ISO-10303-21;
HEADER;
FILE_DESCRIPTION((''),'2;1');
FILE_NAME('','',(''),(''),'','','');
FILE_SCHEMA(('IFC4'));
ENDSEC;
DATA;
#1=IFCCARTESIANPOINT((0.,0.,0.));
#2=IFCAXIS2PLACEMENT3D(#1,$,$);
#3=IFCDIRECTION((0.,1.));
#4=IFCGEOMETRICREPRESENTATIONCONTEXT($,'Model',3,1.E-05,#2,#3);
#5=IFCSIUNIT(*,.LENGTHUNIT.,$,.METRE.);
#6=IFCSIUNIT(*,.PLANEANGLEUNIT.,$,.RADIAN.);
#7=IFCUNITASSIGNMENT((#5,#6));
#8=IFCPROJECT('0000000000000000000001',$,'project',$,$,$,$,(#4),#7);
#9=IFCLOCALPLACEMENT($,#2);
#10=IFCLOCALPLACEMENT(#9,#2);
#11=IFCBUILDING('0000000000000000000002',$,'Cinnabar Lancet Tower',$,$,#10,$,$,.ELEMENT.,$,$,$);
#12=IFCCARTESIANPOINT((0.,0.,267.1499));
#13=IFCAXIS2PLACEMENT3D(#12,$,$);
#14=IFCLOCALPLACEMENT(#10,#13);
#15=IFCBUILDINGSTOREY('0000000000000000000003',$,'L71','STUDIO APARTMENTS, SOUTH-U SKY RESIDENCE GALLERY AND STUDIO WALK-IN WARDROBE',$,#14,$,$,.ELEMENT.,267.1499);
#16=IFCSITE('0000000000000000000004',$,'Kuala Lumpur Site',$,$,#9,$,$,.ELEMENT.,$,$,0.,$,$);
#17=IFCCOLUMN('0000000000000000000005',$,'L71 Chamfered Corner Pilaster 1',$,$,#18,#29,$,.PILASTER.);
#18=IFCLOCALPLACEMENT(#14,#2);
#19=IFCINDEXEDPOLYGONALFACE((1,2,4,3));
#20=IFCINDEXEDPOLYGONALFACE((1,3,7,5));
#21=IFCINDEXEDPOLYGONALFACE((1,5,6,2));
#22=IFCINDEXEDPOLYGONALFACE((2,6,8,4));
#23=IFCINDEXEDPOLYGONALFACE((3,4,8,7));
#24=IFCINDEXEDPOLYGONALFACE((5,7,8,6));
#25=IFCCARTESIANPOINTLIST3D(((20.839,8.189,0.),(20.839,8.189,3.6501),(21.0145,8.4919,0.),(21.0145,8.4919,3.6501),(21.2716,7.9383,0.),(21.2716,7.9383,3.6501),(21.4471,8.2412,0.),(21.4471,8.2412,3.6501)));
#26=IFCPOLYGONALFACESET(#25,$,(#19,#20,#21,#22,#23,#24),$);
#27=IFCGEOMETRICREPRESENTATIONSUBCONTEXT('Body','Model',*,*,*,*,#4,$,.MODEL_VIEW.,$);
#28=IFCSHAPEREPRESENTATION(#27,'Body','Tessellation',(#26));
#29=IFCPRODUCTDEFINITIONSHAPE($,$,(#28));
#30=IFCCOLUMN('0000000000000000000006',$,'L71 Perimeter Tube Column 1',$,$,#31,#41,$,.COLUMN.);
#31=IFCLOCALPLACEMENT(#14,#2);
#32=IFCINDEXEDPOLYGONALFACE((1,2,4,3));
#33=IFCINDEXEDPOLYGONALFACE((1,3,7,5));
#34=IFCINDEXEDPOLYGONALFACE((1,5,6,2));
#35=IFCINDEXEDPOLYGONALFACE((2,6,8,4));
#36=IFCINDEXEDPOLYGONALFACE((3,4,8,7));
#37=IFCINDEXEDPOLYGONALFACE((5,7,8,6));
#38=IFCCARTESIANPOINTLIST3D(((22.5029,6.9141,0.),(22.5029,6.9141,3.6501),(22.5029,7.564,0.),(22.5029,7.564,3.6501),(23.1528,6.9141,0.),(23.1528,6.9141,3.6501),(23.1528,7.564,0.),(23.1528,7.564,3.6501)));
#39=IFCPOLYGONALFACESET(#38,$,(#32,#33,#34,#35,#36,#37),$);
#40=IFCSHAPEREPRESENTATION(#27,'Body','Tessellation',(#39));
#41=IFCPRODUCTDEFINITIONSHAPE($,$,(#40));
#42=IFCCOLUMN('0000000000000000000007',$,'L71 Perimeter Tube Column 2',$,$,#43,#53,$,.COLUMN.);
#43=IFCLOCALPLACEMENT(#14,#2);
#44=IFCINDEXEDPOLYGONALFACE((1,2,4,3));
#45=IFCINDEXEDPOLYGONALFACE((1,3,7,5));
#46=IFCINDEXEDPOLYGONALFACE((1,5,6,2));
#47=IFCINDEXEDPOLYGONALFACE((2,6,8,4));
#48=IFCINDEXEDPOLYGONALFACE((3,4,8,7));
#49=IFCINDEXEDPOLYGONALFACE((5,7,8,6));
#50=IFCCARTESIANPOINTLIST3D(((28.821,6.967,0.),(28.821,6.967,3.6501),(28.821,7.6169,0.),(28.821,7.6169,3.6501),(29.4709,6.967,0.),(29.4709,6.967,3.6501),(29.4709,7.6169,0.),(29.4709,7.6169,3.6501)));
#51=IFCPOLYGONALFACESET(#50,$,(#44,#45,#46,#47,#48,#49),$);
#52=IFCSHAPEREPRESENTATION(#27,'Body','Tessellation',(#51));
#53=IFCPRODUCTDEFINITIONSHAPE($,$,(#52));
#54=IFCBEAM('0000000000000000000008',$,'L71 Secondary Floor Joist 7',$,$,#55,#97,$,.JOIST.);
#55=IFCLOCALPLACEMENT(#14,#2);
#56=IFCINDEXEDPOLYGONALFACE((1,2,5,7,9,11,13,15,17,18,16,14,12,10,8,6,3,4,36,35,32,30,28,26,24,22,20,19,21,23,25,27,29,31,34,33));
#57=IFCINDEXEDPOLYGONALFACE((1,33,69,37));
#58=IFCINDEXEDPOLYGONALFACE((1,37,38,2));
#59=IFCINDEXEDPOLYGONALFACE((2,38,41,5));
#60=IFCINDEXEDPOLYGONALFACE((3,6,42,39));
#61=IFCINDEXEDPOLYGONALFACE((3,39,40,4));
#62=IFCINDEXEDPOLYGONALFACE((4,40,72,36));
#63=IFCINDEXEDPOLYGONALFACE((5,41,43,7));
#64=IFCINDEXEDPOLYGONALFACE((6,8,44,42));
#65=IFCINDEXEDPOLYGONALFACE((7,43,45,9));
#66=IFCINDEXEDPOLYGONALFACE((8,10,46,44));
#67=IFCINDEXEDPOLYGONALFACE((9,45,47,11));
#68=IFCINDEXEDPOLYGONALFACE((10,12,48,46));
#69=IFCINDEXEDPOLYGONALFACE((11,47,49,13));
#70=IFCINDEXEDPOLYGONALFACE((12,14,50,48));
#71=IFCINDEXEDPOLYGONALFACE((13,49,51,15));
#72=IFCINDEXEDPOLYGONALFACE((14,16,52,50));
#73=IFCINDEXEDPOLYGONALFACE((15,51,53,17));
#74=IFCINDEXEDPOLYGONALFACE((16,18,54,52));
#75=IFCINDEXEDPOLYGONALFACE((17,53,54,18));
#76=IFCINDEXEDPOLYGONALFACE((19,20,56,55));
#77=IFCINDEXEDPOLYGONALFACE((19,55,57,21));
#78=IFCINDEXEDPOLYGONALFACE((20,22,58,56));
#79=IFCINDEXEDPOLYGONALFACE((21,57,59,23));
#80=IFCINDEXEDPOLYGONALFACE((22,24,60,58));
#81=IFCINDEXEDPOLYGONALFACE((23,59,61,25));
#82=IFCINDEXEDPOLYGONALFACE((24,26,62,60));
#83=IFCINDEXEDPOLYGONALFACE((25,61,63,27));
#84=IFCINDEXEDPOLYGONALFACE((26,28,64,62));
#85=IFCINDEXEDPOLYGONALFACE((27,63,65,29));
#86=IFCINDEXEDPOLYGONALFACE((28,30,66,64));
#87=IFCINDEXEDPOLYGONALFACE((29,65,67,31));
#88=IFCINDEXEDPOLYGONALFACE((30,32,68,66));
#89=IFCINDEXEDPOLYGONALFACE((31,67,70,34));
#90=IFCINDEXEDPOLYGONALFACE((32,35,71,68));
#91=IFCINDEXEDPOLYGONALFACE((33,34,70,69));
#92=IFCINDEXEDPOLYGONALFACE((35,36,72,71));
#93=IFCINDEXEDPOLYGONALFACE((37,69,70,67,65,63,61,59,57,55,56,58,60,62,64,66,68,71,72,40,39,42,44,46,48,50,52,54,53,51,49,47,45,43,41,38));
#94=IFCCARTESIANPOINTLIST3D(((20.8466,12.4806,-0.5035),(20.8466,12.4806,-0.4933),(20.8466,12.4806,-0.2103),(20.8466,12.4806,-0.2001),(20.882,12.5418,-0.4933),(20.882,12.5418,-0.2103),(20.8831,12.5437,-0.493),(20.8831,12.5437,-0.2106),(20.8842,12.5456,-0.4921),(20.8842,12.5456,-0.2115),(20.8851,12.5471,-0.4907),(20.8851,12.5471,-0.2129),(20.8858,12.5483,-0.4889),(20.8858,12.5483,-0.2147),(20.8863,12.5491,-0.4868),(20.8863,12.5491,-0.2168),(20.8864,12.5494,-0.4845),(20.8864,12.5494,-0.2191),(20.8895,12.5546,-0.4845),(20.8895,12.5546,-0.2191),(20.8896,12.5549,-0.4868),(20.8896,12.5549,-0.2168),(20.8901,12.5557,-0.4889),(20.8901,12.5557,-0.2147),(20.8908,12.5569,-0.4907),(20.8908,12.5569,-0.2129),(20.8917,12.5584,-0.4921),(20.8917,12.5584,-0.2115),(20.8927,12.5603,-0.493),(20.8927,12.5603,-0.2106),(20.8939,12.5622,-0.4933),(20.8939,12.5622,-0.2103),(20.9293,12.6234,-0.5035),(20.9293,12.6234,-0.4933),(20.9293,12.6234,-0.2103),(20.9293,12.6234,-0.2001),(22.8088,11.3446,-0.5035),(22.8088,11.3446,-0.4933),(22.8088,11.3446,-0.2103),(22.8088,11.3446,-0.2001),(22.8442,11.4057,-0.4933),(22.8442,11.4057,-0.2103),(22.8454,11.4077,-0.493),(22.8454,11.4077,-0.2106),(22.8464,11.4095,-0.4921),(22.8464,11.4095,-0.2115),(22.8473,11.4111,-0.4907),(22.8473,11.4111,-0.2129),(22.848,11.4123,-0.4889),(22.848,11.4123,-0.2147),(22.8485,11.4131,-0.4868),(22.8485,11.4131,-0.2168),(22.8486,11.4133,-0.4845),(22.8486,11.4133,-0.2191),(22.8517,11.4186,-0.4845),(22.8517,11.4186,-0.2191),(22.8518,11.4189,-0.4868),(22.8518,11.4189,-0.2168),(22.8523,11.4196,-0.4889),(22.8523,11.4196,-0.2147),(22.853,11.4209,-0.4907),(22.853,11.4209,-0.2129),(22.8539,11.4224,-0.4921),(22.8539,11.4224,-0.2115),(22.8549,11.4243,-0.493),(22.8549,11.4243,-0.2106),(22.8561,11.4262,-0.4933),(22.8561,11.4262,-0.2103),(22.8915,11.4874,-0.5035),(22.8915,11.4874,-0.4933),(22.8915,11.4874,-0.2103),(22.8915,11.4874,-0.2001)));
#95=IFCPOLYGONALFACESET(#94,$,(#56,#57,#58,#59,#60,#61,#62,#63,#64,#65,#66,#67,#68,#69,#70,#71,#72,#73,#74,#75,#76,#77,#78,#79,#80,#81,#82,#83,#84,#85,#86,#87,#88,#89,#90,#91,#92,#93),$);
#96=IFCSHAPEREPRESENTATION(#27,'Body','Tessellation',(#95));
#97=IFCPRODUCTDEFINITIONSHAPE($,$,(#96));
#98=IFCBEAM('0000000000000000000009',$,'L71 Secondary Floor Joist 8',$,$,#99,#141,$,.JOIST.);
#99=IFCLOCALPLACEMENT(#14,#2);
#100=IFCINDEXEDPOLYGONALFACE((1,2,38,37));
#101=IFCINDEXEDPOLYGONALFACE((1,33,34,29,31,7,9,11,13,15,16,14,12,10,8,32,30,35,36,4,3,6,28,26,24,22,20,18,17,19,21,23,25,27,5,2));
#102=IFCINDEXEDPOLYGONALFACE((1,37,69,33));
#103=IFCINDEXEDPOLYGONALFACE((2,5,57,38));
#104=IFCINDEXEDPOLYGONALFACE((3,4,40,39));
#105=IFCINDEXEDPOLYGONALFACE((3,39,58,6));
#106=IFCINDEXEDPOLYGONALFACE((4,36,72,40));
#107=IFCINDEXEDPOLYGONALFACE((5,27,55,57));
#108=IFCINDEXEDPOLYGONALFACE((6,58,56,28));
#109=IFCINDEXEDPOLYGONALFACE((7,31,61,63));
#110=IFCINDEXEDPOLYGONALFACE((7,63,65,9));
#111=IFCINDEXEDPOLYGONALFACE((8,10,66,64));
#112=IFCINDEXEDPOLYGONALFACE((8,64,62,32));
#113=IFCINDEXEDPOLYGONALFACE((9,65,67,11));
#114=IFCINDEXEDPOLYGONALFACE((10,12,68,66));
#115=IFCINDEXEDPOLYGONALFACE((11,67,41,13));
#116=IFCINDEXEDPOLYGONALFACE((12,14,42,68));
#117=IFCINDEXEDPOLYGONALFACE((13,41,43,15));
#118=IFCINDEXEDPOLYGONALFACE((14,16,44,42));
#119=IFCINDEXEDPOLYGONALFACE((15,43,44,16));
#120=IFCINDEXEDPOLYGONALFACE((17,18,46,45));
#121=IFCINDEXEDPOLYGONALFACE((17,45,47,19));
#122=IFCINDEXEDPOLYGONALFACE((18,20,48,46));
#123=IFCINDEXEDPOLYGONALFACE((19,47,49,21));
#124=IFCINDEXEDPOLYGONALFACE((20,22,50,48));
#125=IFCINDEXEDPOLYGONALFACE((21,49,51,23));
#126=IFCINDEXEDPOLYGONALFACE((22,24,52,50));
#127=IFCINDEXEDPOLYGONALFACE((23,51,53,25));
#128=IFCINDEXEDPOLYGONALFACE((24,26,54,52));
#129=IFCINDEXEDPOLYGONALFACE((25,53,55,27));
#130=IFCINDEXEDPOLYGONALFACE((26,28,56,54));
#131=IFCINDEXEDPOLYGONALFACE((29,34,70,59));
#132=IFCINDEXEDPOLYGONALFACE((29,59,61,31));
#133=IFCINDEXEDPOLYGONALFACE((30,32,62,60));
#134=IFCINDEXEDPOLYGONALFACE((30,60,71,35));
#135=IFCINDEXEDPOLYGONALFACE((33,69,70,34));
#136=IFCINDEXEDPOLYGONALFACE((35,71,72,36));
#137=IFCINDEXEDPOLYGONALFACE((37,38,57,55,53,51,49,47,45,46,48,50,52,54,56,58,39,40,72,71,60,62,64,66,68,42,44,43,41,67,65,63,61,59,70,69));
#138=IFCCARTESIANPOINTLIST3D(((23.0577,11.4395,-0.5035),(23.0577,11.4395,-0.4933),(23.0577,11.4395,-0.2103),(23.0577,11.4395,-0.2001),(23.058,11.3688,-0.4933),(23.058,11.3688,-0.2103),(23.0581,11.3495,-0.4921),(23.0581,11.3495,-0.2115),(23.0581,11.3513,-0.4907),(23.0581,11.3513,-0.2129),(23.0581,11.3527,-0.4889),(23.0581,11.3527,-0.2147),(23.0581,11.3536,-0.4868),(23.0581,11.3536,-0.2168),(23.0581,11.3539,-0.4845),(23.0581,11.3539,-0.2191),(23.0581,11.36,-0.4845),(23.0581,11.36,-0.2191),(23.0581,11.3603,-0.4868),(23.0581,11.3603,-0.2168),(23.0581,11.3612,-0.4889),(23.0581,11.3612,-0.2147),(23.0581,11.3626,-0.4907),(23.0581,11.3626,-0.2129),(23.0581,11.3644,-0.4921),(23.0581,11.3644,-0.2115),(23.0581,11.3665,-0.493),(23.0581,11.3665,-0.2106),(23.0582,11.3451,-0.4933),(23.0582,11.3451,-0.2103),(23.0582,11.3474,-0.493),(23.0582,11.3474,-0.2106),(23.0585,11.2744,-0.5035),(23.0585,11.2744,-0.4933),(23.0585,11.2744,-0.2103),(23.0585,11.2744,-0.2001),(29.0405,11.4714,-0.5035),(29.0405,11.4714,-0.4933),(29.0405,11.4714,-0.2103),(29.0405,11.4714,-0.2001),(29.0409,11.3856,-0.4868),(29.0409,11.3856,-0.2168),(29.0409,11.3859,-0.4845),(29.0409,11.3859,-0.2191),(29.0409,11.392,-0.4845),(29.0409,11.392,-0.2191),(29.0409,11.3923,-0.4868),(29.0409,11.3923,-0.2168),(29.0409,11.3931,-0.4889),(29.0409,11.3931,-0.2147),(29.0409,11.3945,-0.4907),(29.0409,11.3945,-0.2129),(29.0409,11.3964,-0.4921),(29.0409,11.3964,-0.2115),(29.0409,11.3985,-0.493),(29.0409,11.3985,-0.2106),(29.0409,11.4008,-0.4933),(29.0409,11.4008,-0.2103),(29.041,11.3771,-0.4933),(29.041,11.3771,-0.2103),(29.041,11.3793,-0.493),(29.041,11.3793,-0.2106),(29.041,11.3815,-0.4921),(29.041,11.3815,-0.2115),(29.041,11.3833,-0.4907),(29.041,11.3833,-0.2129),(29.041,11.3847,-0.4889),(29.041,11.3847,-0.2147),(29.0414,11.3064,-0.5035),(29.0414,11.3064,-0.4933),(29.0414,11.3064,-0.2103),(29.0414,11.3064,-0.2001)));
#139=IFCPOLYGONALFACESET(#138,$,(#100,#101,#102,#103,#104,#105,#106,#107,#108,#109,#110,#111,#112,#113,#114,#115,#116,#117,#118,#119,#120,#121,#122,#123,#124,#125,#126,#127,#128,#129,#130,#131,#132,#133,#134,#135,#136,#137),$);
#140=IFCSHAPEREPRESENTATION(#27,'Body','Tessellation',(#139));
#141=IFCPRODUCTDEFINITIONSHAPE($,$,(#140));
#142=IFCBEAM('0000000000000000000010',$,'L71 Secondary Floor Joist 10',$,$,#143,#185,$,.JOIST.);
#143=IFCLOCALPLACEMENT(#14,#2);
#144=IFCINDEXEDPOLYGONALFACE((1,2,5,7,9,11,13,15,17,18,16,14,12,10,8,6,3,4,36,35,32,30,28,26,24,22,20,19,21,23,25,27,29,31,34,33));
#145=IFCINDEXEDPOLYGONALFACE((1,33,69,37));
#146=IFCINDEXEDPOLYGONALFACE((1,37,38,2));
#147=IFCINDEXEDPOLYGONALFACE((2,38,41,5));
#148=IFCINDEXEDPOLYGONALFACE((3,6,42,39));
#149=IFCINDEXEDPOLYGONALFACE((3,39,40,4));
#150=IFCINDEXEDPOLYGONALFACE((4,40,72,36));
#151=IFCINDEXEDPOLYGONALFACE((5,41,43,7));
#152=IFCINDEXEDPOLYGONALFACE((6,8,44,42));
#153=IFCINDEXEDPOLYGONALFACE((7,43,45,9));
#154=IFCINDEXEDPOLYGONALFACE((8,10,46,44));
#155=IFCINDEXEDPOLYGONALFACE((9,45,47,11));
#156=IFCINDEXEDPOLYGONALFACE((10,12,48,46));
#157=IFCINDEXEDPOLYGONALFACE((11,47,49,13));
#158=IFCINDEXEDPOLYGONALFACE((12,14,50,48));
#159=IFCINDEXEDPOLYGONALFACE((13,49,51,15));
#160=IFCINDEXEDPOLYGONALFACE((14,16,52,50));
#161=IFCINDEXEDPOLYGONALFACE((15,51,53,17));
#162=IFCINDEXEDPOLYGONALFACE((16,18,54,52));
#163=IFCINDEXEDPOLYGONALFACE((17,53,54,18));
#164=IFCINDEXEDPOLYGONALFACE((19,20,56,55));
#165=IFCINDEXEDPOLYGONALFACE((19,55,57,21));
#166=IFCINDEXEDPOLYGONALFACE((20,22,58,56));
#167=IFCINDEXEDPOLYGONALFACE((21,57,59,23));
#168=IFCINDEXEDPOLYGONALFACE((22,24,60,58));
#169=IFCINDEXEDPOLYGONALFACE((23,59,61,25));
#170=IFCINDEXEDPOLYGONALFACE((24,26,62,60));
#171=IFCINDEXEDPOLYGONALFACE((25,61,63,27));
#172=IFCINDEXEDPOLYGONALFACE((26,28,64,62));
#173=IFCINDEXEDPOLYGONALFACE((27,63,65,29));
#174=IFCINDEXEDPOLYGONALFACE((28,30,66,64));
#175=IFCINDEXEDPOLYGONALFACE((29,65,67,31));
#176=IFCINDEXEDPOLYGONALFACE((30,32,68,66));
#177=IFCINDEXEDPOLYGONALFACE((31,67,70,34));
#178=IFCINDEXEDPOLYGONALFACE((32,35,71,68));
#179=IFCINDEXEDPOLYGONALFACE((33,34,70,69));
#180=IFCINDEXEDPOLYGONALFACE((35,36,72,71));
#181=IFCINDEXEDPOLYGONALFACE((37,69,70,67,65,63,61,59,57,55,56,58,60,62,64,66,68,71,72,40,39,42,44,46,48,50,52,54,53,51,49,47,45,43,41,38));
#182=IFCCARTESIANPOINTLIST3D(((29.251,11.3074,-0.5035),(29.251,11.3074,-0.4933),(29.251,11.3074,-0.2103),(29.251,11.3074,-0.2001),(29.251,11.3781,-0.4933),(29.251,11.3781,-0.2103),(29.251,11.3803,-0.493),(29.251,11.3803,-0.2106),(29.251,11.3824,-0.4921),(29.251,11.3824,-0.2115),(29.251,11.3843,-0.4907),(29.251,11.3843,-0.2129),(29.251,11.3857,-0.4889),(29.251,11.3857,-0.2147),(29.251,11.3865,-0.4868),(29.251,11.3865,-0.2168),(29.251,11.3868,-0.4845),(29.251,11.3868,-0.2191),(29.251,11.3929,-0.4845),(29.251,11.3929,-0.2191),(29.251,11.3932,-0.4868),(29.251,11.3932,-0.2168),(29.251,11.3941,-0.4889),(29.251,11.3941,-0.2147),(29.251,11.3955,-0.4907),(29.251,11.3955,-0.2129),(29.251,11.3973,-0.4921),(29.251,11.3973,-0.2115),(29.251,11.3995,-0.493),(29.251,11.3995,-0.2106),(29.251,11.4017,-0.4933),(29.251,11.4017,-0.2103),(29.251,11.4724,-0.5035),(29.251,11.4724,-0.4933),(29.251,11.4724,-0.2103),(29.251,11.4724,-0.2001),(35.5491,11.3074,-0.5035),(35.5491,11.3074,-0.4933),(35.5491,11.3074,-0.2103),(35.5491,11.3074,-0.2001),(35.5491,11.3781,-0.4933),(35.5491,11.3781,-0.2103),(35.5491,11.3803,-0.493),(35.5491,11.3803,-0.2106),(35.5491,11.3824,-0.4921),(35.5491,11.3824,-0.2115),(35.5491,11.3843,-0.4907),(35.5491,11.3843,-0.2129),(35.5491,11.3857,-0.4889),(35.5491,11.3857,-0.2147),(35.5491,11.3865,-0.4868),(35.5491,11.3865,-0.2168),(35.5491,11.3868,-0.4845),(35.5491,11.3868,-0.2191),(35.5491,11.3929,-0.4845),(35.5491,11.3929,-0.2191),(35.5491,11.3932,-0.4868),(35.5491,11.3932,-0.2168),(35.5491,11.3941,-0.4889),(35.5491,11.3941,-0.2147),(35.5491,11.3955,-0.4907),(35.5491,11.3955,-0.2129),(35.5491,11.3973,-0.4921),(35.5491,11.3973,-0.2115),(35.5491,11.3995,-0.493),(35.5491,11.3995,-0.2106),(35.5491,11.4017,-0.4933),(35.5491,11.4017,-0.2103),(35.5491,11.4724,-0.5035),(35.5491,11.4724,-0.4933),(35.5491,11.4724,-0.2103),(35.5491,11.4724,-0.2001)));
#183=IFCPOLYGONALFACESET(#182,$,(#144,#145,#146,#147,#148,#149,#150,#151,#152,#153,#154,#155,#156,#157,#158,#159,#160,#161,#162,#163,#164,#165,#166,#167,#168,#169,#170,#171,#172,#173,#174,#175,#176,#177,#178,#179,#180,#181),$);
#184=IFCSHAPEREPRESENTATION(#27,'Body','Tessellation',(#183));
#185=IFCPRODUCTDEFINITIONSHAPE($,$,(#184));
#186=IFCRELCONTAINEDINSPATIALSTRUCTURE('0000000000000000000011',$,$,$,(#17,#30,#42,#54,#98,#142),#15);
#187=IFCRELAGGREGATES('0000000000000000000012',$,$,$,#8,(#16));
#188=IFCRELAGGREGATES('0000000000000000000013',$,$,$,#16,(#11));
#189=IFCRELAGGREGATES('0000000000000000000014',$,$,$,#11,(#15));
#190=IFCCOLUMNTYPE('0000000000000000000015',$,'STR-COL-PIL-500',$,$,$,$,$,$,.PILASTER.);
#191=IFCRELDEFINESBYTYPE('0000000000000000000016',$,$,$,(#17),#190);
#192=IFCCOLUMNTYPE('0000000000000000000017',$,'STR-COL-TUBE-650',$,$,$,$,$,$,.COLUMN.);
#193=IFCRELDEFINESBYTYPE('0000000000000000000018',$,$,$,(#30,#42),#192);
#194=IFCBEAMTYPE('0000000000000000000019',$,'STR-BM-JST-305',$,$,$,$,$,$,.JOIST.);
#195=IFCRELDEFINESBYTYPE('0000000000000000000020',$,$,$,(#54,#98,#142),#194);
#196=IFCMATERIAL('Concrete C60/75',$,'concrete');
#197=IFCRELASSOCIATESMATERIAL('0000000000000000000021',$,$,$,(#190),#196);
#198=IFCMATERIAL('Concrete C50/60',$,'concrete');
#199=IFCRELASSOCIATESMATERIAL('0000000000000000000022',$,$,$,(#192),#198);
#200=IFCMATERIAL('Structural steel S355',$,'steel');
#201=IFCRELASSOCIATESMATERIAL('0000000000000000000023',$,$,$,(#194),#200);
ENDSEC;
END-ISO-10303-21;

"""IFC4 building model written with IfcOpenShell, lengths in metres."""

from ifc_helpers import new_model, si_unit, direction, frame, origin, origin_2d, place, context, subcontext, project, spatial, rectangle, i_section, extrude, material, material_profile, profile_set, type_object, element, save


model = new_model("IFC4")

# Units and contexts
model_context = context("Model", 3, precision=1e-05, world=origin(), true_north=direction((0.0, 1.0)))
body_context = subcontext(model_context, "Body", "Model", "MODEL_VIEW")
ifc_project = project(units=[si_unit("LENGTHUNIT", "METRE"), si_unit("PLANEANGLEUNIT", "RADIAN")], contexts=[model_context])

# Site, building, storey
site_placement = place(None, origin())
site = spatial("IfcSite", under=ifc_project, at=site_placement, Name="Kuala Lumpur Site", CompositionType="ELEMENT", RefElevation=0.0)
building_placement = place(site_placement, origin())
building = spatial("IfcBuilding", under=site, at=building_placement, Name="Cinnabar Lancet Tower", CompositionType="ELEMENT")
storey_placement = place(building_placement, frame((0.0, 0.0, 267.1499)))
storey = spatial("IfcBuildingStorey", under=building, at=storey_placement, Name="L71", Description="STUDIO APARTMENTS, SOUTH-U SKY RESIDENCE GALLERY AND STUDIO WALK-IN WARDROBE", CompositionType="ELEMENT", Elevation=267.1499)

# Columns
ifc_material_1 = material(Name="Concrete C60/75", Category="concrete")
ifc_material_profile_1 = material_profile(ifc_material_1, rectangle(XDim=0.5, YDim=0.3501, at=origin_2d()), Name="RC-PIL 500x350")
ifc_profile_set_1 = profile_set([ifc_material_profile_1], Name="Concrete C60/75")
column_type_1 = type_object("IfcColumnType", Name="STR-COL-PIL-500", PredefinedType="PILASTER", material=ifc_profile_set_1)
column_placement = place(storey_placement, frame((21.1431, 8.2151, 0.0), z_axis=(0.0, 0.0, 1.0), x_axis=(0.865256, -0.50133, 0.0)))
element("IfcColumn", 1, at=column_placement, inside=storey, type_object=column_type_1, Name="L71 Chamfered Corner Pilaster 1", PredefinedType="PILASTER", context=body_context, shape_type="SweptSolid", body=[
    extrude(rectangle(XDim=0.5, YDim=0.3501, at=origin_2d()), origin(), (0.0, 0.0, 1.0), 3.6501),
])
ifc_material_2 = material(Name="Concrete C50/60", Category="concrete")
ifc_material_profile_2 = material_profile(ifc_material_2, rectangle(XDim=0.6499, YDim=0.6499, at=origin_2d()), Name="RC-COL 650x650")
ifc_profile_set_2 = profile_set([ifc_material_profile_2], Name="Concrete C50/60")
column_type_2 = type_object("IfcColumnType", Name="STR-COL-TUBE-650", PredefinedType="COLUMN", material=ifc_profile_set_2)
for number, where, z_axis, x_axis, name in (
    (2, (22.8279, 7.239, 0.0), (0.0, 0.0, 1.0), (1.0, 0.0, 0.0), "L71 Perimeter Tube Column 1"),
    (3, (29.146, 7.292, 0.0), (0.0, 0.0, 1.0), (1.0, 0.0, 0.0), "L71 Perimeter Tube Column 2"),
):
    element("IfcColumn", number, at=place(storey_placement, frame(where, z_axis=z_axis, x_axis=x_axis)), inside=storey, type_object=column_type_2, Name=name, PredefinedType="COLUMN", context=body_context, shape_type="SweptSolid", body=[
        extrude(rectangle(XDim=0.6499, YDim=0.6499, at=origin_2d()), origin(), (0.0, 0.0, 1.0), 3.6501),
    ])

# Beams
ifc_material_3 = material(Name="Structural steel S355", Category="steel")
ifc_material_profile_3 = material_profile(ifc_material_3, i_section(OverallWidth=0.165, OverallDepth=0.3035, WebThickness=0.0061, FlangeThickness=0.0103, FilletRadius=0.0088, at=origin_2d()), Name="UKB 305x165x40")
ifc_profile_set_3 = profile_set([ifc_material_profile_3], Name="Structural steel S355")
beam_type_1 = type_object("IfcBeamType", Name="STR-BM-JST-305", PredefinedType="JOIST", material=ifc_profile_set_3)
beam_1_placement = place(storey_placement, frame((20.8879, 12.552, -0.3518), z_axis=(0.865426, -0.501036, 0.0), x_axis=(0.501036, 0.865426, 0.0)))
element("IfcBeam", 4, at=beam_1_placement, inside=storey, type_object=beam_type_1, Name="L71 Secondary Floor Joist 7", PredefinedType="JOIST", context=body_context, shape_type="SweptSolid", body=[
    extrude(i_section(OverallWidth=0.165, OverallDepth=0.3035, WebThickness=0.0061, FlangeThickness=0.0103, FilletRadius=0.0088, at=origin_2d()), origin(), (0.0, 0.0, 1.0), 2.2673),
])
beam_2_placement = place(storey_placement, frame((23.0581, 11.3569, -0.3518), z_axis=(0.999986, 0.005346, 0.0), x_axis=(-0.005346, 0.999986, 0.0)))
element("IfcBeam", 5, at=beam_2_placement, inside=storey, type_object=beam_type_1, Name="L71 Secondary Floor Joist 8", PredefinedType="JOIST", context=body_context, shape_type="SweptSolid", body=[
    extrude(i_section(OverallWidth=0.165, OverallDepth=0.3035, WebThickness=0.0061, FlangeThickness=0.0103, FilletRadius=0.0088, at=origin_2d()), origin(), (0.0, 0.0, 1.0), 5.9829),
])
beam_3_placement = place(storey_placement, frame((29.251, 11.3899, -0.3518), z_axis=(1.0, 0.0, 0.0), x_axis=(0.0, 1.0, 0.0)))
element("IfcBeam", 6, at=beam_3_placement, inside=storey, type_object=beam_type_1, Name="L71 Secondary Floor Joist 10", PredefinedType="JOIST", context=body_context, shape_type="SweptSolid", body=[
    extrude(i_section(OverallWidth=0.165, OverallDepth=0.3035, WebThickness=0.0061, FlangeThickness=0.0103, FilletRadius=0.0088, at=origin_2d()), origin(), (0.0, 0.0, 1.0), 6.2981),
])

save(model, "model.ifc")
